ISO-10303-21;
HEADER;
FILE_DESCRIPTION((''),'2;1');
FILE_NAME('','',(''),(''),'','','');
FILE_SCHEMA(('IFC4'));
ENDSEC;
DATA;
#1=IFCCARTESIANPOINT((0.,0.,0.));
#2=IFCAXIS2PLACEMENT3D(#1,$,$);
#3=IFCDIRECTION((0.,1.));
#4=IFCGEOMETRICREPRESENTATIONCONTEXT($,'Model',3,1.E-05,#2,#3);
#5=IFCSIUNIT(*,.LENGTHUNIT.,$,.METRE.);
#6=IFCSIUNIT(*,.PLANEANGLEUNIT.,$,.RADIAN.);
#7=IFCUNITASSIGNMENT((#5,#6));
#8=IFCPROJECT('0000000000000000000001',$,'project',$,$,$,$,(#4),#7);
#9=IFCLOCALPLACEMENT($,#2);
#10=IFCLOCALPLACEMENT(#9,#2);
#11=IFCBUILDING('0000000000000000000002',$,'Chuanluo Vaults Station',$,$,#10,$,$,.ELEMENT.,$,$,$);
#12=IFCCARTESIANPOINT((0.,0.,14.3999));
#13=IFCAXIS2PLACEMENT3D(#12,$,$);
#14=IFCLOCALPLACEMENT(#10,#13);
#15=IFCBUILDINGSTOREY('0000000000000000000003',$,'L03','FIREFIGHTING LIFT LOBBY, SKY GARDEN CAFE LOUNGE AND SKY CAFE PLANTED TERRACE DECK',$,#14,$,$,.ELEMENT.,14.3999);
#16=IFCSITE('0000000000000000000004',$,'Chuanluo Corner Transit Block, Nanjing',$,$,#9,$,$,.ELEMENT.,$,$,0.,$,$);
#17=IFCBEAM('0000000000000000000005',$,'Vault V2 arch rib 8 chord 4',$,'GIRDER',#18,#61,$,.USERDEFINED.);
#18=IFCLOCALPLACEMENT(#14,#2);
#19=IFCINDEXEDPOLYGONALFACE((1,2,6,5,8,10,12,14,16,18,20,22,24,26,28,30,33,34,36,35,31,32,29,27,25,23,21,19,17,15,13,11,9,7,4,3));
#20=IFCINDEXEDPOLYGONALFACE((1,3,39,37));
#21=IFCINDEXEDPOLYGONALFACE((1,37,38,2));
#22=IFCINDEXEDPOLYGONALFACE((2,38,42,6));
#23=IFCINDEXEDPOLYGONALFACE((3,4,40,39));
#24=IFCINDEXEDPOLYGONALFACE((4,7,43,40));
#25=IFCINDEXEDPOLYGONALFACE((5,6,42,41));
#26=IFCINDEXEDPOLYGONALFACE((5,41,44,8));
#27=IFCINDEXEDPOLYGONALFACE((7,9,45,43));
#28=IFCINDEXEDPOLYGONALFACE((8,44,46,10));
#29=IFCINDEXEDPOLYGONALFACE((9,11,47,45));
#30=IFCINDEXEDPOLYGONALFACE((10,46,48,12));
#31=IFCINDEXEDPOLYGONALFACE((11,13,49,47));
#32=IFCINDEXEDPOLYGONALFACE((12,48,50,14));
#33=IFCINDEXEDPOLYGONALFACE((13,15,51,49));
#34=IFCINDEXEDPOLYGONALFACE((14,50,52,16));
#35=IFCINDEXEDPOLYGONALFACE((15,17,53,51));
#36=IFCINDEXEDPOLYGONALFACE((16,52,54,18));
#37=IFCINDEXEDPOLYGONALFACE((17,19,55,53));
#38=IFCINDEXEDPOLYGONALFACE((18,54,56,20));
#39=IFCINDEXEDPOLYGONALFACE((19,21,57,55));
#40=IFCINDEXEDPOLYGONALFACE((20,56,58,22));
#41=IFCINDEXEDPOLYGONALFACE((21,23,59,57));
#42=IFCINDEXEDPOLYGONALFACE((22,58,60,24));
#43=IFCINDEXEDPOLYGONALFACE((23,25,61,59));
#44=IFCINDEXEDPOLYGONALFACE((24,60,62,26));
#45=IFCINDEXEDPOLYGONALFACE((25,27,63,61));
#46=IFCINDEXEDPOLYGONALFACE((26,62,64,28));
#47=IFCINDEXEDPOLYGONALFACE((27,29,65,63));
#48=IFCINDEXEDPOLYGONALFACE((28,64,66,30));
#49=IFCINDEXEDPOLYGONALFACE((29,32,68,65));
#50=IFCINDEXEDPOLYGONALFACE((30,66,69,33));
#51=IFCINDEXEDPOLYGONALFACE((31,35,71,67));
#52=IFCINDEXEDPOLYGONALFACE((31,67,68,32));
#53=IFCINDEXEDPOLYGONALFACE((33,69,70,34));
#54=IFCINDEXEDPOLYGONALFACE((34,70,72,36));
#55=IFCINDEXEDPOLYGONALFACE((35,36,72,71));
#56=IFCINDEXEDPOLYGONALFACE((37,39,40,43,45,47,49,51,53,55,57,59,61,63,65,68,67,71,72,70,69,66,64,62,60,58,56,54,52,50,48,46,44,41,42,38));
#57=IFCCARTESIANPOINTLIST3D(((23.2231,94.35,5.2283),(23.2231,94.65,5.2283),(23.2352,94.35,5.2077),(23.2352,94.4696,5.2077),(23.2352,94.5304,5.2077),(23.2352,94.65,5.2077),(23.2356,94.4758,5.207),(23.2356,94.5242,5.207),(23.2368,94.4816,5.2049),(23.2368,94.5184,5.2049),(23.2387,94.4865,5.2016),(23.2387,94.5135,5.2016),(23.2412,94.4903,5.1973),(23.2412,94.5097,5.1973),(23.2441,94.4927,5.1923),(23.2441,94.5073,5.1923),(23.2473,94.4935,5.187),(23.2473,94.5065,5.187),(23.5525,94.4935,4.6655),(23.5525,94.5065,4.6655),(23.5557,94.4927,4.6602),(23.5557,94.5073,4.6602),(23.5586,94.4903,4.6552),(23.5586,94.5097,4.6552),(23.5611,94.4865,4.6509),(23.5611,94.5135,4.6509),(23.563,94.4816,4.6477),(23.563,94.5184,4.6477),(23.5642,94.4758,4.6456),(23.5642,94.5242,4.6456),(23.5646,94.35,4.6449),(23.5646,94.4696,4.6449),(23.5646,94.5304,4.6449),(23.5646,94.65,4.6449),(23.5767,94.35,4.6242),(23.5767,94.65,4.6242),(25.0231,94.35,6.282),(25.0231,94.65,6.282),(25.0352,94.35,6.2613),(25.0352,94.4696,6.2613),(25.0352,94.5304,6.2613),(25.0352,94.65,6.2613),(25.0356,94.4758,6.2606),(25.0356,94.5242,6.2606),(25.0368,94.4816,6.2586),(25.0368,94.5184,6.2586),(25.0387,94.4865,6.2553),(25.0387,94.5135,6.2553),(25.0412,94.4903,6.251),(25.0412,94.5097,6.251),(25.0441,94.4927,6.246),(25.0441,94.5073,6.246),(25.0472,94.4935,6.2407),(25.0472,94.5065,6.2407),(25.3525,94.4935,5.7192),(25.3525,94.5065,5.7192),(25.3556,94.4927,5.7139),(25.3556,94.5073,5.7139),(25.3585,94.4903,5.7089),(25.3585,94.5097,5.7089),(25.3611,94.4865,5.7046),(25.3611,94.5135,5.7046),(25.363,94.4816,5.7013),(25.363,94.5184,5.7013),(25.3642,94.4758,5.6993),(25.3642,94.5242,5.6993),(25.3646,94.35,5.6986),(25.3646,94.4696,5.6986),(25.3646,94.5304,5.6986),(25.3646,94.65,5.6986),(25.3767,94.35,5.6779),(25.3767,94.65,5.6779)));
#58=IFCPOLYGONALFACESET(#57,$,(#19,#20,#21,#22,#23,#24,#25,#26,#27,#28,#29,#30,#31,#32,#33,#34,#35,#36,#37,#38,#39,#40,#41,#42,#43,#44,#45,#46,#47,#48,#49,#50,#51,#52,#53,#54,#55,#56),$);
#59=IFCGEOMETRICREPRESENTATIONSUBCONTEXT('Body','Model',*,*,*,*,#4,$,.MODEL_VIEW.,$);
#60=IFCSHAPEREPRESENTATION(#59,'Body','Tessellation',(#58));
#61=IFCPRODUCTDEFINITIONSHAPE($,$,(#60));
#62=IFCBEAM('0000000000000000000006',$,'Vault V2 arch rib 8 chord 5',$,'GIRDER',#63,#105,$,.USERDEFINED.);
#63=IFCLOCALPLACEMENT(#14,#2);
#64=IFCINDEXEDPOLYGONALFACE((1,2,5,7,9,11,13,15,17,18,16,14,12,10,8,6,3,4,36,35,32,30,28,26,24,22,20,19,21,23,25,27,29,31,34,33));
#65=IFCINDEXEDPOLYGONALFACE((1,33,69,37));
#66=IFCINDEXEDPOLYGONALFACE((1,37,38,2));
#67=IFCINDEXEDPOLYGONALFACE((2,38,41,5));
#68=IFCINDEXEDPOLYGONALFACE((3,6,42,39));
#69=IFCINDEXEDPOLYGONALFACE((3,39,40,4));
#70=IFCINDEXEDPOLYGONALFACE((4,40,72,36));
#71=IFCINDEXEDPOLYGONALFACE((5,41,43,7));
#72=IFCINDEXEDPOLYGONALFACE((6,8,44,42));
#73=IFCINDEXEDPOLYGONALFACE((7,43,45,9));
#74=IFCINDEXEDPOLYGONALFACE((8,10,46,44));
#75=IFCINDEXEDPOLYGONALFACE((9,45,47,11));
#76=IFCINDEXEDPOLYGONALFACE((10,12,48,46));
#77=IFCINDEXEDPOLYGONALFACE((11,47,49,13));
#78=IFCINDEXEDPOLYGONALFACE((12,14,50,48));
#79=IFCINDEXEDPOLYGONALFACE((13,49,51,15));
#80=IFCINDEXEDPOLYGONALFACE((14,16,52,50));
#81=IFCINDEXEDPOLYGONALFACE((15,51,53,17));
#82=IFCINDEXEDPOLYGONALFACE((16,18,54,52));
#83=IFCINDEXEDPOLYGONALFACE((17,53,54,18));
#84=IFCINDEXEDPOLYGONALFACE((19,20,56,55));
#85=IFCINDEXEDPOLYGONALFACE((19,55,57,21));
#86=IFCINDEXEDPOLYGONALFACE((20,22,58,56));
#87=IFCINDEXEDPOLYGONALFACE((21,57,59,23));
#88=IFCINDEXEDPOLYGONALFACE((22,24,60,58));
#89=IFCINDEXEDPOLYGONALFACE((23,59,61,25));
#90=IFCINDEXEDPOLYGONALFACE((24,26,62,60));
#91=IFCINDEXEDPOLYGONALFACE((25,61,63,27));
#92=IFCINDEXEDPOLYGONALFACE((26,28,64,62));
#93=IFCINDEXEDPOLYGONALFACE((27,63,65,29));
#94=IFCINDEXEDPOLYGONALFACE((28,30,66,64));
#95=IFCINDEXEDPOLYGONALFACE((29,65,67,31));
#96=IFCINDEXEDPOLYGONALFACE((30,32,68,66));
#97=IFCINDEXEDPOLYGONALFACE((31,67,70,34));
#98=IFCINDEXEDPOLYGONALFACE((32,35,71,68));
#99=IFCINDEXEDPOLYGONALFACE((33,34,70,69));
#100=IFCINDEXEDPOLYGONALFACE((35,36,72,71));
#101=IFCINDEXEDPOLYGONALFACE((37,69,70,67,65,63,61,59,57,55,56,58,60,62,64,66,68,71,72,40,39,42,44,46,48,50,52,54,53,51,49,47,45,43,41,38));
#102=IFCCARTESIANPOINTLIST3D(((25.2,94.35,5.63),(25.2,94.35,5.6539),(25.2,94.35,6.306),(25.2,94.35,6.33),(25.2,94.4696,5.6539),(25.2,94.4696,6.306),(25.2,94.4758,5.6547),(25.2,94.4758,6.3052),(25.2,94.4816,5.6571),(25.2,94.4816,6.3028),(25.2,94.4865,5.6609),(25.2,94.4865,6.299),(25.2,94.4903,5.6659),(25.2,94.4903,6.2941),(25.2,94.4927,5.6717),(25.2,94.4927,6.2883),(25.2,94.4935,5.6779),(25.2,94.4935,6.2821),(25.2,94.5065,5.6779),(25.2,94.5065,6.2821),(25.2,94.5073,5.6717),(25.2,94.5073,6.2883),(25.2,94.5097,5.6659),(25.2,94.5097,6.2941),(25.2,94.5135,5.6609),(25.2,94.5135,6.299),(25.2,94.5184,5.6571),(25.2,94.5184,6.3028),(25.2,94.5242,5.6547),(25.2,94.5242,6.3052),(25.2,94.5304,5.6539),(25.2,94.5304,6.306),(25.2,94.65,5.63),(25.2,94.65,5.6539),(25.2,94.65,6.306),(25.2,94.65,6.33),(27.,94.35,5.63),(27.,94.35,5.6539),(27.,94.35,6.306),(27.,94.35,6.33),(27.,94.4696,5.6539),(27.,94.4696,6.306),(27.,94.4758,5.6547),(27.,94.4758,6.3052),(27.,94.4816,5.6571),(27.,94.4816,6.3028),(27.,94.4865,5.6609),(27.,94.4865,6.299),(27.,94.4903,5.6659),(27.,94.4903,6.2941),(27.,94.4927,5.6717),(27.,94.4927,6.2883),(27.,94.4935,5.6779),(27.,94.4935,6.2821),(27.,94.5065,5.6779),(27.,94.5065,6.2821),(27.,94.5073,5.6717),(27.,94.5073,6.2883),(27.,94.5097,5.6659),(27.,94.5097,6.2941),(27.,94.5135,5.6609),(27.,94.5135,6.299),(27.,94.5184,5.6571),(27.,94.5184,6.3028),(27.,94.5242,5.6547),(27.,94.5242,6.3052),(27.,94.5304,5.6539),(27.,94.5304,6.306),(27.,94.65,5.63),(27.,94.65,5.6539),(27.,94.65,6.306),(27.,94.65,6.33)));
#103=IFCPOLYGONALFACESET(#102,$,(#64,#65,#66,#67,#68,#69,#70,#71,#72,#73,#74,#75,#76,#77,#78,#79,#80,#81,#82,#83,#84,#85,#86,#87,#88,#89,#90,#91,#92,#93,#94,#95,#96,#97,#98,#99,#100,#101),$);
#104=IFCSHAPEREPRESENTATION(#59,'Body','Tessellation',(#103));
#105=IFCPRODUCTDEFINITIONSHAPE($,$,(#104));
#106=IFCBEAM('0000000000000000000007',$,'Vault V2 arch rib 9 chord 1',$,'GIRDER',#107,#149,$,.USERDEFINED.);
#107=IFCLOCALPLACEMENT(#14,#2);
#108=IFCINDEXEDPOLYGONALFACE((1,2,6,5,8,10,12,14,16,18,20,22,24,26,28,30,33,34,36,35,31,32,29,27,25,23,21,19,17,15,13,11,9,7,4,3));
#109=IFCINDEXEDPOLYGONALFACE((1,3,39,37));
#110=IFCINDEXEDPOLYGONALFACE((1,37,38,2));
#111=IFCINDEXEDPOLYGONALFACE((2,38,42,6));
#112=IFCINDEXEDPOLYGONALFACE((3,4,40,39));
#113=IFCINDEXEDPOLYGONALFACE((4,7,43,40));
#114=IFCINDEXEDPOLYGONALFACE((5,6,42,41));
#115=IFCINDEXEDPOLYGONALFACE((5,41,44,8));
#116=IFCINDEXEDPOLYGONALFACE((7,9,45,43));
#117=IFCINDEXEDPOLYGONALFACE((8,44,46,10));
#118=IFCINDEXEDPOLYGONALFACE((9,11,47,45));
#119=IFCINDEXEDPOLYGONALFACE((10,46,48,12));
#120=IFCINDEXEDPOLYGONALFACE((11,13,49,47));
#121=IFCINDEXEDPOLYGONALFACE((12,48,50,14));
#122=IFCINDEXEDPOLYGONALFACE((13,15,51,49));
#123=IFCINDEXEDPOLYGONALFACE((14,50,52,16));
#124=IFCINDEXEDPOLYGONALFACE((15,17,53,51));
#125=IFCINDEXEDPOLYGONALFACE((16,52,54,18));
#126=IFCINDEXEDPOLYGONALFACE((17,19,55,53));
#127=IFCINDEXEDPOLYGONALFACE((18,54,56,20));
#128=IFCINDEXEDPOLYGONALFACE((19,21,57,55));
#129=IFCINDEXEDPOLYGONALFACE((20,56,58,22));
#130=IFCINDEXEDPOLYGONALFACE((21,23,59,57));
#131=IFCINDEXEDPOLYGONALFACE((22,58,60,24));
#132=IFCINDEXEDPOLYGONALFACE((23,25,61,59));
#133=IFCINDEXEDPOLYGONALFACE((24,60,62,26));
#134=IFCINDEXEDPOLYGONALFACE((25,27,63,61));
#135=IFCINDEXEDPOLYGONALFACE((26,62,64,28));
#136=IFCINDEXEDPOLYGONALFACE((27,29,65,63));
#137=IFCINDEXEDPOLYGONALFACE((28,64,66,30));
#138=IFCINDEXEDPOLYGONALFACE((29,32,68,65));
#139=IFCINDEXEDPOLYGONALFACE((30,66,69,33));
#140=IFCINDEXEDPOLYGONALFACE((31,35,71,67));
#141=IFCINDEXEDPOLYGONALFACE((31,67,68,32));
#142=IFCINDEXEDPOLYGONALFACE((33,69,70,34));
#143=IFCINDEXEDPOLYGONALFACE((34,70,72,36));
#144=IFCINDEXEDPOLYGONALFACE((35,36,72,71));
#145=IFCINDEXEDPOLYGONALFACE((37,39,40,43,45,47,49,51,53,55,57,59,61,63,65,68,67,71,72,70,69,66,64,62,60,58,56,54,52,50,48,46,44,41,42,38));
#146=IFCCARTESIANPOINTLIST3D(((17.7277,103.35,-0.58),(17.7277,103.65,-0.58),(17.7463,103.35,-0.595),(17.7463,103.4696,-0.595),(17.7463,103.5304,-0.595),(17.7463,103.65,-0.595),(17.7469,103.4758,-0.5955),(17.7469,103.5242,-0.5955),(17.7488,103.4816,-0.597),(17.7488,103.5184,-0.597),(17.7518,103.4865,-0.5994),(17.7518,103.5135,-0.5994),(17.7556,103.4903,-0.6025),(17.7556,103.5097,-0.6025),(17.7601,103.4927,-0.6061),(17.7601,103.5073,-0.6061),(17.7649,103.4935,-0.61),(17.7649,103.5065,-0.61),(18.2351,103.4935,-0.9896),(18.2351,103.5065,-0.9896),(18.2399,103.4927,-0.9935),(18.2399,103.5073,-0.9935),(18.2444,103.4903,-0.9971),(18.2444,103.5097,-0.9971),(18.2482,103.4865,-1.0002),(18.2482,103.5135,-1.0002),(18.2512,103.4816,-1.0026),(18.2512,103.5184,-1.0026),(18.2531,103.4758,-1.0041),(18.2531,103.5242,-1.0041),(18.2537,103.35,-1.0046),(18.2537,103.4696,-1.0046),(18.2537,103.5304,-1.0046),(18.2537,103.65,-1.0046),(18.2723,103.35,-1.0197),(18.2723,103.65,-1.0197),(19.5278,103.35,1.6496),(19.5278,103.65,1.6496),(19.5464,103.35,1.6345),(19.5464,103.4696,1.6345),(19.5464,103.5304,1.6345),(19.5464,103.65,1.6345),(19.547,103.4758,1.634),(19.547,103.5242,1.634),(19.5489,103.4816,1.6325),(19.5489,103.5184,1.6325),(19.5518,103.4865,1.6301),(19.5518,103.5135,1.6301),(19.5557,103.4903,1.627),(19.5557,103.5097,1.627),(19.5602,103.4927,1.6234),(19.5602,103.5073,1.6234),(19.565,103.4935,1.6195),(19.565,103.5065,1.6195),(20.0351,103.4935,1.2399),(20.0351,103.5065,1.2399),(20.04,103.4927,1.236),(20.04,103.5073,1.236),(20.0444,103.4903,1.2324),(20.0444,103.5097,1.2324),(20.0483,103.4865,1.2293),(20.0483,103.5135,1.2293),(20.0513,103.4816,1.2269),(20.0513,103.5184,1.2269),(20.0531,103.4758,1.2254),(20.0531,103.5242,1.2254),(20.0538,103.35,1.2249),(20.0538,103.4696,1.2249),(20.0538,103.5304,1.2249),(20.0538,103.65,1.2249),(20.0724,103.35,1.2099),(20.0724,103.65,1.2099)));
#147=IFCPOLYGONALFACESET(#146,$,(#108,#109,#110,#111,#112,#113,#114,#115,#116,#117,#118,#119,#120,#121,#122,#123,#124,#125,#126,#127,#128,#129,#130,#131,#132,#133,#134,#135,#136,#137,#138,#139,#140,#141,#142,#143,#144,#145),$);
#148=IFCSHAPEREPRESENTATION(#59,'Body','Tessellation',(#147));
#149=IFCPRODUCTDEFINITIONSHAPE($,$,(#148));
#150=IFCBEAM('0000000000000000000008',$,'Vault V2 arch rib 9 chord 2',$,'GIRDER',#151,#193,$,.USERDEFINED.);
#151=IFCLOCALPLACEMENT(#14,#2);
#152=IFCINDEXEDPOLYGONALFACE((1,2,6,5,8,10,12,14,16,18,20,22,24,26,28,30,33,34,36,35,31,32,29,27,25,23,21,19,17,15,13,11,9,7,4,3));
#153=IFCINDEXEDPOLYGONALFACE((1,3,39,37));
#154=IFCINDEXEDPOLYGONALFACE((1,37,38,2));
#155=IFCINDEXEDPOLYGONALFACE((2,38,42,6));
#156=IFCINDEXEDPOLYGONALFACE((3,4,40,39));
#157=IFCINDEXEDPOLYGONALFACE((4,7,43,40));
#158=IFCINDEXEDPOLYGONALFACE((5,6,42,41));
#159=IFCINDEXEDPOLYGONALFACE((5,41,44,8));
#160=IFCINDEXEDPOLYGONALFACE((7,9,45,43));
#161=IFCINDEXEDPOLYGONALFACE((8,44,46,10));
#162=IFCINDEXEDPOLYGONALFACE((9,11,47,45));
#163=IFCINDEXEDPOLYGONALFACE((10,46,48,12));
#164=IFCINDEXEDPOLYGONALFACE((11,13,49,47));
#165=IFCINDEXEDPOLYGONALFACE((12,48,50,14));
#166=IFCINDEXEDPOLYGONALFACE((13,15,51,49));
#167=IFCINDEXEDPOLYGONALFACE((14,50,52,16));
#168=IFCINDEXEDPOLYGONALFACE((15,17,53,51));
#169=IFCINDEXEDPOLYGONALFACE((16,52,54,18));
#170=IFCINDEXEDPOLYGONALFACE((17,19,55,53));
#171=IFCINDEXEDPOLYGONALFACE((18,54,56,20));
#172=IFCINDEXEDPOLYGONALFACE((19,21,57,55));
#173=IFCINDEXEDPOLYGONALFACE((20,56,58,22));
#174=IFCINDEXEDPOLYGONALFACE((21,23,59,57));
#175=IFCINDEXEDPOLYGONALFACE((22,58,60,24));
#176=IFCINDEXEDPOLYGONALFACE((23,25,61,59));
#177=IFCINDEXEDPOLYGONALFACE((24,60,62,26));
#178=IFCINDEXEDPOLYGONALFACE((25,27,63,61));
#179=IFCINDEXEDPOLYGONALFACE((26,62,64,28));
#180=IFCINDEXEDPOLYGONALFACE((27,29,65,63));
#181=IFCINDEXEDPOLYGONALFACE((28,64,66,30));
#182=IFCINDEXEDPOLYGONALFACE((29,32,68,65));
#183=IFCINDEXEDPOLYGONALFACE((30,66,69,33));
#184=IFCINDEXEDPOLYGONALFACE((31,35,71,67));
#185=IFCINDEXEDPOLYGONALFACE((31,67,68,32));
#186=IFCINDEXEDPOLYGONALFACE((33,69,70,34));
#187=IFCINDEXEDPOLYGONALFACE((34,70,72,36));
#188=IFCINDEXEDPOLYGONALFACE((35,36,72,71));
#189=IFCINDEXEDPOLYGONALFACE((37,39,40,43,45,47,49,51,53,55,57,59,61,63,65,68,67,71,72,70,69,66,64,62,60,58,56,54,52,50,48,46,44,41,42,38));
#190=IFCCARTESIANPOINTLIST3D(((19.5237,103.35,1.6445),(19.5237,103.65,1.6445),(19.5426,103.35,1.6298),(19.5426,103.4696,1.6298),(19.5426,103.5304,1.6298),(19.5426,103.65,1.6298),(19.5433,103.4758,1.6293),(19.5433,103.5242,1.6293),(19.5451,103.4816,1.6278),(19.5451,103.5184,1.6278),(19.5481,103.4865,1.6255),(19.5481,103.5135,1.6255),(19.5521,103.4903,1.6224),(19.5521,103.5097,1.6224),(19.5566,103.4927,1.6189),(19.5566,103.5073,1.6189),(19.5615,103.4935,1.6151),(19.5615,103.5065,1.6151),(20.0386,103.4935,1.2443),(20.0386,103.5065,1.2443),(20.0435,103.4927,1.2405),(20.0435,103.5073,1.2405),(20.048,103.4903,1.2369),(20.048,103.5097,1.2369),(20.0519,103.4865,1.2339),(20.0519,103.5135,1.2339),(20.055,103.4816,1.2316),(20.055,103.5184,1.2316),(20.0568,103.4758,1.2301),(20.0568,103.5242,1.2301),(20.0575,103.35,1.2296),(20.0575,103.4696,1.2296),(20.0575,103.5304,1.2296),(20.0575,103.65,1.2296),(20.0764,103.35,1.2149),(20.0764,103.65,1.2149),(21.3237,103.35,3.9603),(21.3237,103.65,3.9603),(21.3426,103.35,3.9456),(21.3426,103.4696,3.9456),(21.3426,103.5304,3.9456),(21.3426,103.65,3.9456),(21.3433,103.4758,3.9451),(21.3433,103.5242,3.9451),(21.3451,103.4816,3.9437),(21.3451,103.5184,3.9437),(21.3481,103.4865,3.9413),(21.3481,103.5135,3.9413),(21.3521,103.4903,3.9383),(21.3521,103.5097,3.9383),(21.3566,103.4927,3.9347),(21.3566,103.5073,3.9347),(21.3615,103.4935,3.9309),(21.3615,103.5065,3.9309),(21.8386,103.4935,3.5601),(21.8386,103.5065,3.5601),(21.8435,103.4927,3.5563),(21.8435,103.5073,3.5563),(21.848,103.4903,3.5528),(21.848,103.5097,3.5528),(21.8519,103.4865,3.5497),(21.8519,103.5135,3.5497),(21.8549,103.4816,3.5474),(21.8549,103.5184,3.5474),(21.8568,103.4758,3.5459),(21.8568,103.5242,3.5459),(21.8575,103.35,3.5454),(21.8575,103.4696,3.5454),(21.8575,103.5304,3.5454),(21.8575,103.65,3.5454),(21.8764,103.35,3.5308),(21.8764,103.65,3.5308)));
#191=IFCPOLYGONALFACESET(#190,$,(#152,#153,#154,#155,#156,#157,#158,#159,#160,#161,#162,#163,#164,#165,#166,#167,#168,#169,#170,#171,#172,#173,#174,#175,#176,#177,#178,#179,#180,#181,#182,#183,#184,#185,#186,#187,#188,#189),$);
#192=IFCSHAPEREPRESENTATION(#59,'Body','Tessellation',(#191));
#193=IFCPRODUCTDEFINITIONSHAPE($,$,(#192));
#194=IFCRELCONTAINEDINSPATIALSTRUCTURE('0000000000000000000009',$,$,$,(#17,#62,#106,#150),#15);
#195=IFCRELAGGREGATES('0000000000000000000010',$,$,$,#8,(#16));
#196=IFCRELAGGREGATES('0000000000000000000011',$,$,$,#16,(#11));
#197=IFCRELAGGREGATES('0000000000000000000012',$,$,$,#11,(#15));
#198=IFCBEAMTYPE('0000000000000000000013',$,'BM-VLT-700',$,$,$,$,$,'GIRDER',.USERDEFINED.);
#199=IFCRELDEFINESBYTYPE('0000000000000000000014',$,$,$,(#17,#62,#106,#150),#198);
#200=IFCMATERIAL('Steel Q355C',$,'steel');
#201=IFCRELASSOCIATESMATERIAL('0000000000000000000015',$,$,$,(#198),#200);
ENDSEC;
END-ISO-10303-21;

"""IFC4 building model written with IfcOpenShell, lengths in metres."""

from ifc_helpers import new_model, si_unit, direction, frame, origin, origin_2d, place, context, subcontext, project, spatial, i_section, extrude, material, material_profile, profile_set, type_object, element, save


model = new_model("IFC4")

# Units and contexts
model_context = context("Model", 3, precision=1e-05, world=origin(), true_north=direction((0.0, 1.0)))
body_context = subcontext(model_context, "Body", "Model", "MODEL_VIEW")
ifc_project = project(units=[si_unit("LENGTHUNIT", "METRE"), si_unit("PLANEANGLEUNIT", "RADIAN")], contexts=[model_context])

# Site, building, storey
site_placement = place(None, origin())
site = spatial("IfcSite", under=ifc_project, at=site_placement, Name="Chuanluo Corner Transit Block, Nanjing", CompositionType="ELEMENT", RefElevation=0.0)
building_placement = place(site_placement, origin())
building = spatial("IfcBuilding", under=site, at=building_placement, Name="Chuanluo Vaults Station", CompositionType="ELEMENT")
storey_placement = place(building_placement, frame((0.0, 0.0, 14.3999)))
storey = spatial("IfcBuildingStorey", under=building, at=storey_placement, Name="L03", Description="FIREFIGHTING LIFT LOBBY, SKY GARDEN CAFE LOUNGE AND SKY CAFE PLANTED TERRACE DECK", CompositionType="ELEMENT", Elevation=14.3999)

# Beams
ifc_material_1 = material(Name="Steel Q355C", Category="steel")
ifc_material_profile_1 = material_profile(ifc_material_1, i_section(OverallWidth=0.3, OverallDepth=0.7, WebThickness=0.0129, FlangeThickness=0.0239, FilletRadius=0.0239, at=origin_2d()))
ifc_profile_set_1 = profile_set([ifc_material_profile_1], Name="Steel Q355C")
beam_type_1 = type_object("IfcBeamType", Name="BM-VLT-700", ElementType="GIRDER", PredefinedType="USERDEFINED", material=ifc_profile_set_1)
beam_1_placement = place(storey_placement, frame((23.3999, 94.5, 4.9263), z_axis=(0.863009, 0.0, 0.505188), x_axis=(0.0, 1.0, 0.0)))
element("IfcBeam", 1, at=beam_1_placement, inside=storey, type_object=beam_type_1, Name="Vault V2 arch rib 8 chord 4", ObjectType="GIRDER", PredefinedType="USERDEFINED", context=body_context, shape_type="SweptSolid", body=[
    extrude(i_section(OverallWidth=0.3, OverallDepth=0.7, WebThickness=0.0129, FlangeThickness=0.0239, FilletRadius=0.0239, at=origin_2d()), origin(), (0.0, 0.0, 1.0), 2.0857),
])
beam_2_placement = place(storey_placement, frame((25.2, 94.5, 5.98), z_axis=(1.0, 0.0, 0.0), x_axis=(0.0, 1.0, 0.0)))
element("IfcBeam", 2, at=beam_2_placement, inside=storey, type_object=beam_type_1, Name="Vault V2 arch rib 8 chord 5", ObjectType="GIRDER", PredefinedType="USERDEFINED", context=body_context, shape_type="SweptSolid", body=[
    extrude(i_section(OverallWidth=0.3, OverallDepth=0.7, WebThickness=0.0129, FlangeThickness=0.0239, FilletRadius=0.0239, at=origin_2d()), origin(), (0.0, 0.0, 1.0), 1.8),
])
beam_3_placement = place(storey_placement, frame((18.0, 103.5, -0.7998), z_axis=(0.62819, 0.0, 0.77806), x_axis=(0.0, 1.0, 0.0)))
element("IfcBeam", 3, at=beam_3_placement, inside=storey, type_object=beam_type_1, Name="Vault V2 arch rib 9 chord 1", ObjectType="GIRDER", PredefinedType="USERDEFINED", context=body_context, shape_type="SweptSolid", body=[
    extrude(i_section(OverallWidth=0.3, OverallDepth=0.7, WebThickness=0.0129, FlangeThickness=0.0239, FilletRadius=0.0239, at=origin_2d()), origin(), (0.0, 0.0, 1.0), 2.8655),
])
beam_4_placement = place(storey_placement, frame((19.8, 103.5, 1.4297), z_axis=(0.613681, 0.0, 0.789554), x_axis=(0.0, 1.0, 0.0)))
element("IfcBeam", 4, at=beam_4_placement, inside=storey, type_object=beam_type_1, Name="Vault V2 arch rib 9 chord 2", ObjectType="GIRDER", PredefinedType="USERDEFINED", context=body_context, shape_type="SweptSolid", body=[
    extrude(i_section(OverallWidth=0.3, OverallDepth=0.7, WebThickness=0.0129, FlangeThickness=0.0239, FilletRadius=0.0239, at=origin_2d()), origin(), (0.0, 0.0, 1.0), 2.9331),
])

save(model, "model.ifc")
